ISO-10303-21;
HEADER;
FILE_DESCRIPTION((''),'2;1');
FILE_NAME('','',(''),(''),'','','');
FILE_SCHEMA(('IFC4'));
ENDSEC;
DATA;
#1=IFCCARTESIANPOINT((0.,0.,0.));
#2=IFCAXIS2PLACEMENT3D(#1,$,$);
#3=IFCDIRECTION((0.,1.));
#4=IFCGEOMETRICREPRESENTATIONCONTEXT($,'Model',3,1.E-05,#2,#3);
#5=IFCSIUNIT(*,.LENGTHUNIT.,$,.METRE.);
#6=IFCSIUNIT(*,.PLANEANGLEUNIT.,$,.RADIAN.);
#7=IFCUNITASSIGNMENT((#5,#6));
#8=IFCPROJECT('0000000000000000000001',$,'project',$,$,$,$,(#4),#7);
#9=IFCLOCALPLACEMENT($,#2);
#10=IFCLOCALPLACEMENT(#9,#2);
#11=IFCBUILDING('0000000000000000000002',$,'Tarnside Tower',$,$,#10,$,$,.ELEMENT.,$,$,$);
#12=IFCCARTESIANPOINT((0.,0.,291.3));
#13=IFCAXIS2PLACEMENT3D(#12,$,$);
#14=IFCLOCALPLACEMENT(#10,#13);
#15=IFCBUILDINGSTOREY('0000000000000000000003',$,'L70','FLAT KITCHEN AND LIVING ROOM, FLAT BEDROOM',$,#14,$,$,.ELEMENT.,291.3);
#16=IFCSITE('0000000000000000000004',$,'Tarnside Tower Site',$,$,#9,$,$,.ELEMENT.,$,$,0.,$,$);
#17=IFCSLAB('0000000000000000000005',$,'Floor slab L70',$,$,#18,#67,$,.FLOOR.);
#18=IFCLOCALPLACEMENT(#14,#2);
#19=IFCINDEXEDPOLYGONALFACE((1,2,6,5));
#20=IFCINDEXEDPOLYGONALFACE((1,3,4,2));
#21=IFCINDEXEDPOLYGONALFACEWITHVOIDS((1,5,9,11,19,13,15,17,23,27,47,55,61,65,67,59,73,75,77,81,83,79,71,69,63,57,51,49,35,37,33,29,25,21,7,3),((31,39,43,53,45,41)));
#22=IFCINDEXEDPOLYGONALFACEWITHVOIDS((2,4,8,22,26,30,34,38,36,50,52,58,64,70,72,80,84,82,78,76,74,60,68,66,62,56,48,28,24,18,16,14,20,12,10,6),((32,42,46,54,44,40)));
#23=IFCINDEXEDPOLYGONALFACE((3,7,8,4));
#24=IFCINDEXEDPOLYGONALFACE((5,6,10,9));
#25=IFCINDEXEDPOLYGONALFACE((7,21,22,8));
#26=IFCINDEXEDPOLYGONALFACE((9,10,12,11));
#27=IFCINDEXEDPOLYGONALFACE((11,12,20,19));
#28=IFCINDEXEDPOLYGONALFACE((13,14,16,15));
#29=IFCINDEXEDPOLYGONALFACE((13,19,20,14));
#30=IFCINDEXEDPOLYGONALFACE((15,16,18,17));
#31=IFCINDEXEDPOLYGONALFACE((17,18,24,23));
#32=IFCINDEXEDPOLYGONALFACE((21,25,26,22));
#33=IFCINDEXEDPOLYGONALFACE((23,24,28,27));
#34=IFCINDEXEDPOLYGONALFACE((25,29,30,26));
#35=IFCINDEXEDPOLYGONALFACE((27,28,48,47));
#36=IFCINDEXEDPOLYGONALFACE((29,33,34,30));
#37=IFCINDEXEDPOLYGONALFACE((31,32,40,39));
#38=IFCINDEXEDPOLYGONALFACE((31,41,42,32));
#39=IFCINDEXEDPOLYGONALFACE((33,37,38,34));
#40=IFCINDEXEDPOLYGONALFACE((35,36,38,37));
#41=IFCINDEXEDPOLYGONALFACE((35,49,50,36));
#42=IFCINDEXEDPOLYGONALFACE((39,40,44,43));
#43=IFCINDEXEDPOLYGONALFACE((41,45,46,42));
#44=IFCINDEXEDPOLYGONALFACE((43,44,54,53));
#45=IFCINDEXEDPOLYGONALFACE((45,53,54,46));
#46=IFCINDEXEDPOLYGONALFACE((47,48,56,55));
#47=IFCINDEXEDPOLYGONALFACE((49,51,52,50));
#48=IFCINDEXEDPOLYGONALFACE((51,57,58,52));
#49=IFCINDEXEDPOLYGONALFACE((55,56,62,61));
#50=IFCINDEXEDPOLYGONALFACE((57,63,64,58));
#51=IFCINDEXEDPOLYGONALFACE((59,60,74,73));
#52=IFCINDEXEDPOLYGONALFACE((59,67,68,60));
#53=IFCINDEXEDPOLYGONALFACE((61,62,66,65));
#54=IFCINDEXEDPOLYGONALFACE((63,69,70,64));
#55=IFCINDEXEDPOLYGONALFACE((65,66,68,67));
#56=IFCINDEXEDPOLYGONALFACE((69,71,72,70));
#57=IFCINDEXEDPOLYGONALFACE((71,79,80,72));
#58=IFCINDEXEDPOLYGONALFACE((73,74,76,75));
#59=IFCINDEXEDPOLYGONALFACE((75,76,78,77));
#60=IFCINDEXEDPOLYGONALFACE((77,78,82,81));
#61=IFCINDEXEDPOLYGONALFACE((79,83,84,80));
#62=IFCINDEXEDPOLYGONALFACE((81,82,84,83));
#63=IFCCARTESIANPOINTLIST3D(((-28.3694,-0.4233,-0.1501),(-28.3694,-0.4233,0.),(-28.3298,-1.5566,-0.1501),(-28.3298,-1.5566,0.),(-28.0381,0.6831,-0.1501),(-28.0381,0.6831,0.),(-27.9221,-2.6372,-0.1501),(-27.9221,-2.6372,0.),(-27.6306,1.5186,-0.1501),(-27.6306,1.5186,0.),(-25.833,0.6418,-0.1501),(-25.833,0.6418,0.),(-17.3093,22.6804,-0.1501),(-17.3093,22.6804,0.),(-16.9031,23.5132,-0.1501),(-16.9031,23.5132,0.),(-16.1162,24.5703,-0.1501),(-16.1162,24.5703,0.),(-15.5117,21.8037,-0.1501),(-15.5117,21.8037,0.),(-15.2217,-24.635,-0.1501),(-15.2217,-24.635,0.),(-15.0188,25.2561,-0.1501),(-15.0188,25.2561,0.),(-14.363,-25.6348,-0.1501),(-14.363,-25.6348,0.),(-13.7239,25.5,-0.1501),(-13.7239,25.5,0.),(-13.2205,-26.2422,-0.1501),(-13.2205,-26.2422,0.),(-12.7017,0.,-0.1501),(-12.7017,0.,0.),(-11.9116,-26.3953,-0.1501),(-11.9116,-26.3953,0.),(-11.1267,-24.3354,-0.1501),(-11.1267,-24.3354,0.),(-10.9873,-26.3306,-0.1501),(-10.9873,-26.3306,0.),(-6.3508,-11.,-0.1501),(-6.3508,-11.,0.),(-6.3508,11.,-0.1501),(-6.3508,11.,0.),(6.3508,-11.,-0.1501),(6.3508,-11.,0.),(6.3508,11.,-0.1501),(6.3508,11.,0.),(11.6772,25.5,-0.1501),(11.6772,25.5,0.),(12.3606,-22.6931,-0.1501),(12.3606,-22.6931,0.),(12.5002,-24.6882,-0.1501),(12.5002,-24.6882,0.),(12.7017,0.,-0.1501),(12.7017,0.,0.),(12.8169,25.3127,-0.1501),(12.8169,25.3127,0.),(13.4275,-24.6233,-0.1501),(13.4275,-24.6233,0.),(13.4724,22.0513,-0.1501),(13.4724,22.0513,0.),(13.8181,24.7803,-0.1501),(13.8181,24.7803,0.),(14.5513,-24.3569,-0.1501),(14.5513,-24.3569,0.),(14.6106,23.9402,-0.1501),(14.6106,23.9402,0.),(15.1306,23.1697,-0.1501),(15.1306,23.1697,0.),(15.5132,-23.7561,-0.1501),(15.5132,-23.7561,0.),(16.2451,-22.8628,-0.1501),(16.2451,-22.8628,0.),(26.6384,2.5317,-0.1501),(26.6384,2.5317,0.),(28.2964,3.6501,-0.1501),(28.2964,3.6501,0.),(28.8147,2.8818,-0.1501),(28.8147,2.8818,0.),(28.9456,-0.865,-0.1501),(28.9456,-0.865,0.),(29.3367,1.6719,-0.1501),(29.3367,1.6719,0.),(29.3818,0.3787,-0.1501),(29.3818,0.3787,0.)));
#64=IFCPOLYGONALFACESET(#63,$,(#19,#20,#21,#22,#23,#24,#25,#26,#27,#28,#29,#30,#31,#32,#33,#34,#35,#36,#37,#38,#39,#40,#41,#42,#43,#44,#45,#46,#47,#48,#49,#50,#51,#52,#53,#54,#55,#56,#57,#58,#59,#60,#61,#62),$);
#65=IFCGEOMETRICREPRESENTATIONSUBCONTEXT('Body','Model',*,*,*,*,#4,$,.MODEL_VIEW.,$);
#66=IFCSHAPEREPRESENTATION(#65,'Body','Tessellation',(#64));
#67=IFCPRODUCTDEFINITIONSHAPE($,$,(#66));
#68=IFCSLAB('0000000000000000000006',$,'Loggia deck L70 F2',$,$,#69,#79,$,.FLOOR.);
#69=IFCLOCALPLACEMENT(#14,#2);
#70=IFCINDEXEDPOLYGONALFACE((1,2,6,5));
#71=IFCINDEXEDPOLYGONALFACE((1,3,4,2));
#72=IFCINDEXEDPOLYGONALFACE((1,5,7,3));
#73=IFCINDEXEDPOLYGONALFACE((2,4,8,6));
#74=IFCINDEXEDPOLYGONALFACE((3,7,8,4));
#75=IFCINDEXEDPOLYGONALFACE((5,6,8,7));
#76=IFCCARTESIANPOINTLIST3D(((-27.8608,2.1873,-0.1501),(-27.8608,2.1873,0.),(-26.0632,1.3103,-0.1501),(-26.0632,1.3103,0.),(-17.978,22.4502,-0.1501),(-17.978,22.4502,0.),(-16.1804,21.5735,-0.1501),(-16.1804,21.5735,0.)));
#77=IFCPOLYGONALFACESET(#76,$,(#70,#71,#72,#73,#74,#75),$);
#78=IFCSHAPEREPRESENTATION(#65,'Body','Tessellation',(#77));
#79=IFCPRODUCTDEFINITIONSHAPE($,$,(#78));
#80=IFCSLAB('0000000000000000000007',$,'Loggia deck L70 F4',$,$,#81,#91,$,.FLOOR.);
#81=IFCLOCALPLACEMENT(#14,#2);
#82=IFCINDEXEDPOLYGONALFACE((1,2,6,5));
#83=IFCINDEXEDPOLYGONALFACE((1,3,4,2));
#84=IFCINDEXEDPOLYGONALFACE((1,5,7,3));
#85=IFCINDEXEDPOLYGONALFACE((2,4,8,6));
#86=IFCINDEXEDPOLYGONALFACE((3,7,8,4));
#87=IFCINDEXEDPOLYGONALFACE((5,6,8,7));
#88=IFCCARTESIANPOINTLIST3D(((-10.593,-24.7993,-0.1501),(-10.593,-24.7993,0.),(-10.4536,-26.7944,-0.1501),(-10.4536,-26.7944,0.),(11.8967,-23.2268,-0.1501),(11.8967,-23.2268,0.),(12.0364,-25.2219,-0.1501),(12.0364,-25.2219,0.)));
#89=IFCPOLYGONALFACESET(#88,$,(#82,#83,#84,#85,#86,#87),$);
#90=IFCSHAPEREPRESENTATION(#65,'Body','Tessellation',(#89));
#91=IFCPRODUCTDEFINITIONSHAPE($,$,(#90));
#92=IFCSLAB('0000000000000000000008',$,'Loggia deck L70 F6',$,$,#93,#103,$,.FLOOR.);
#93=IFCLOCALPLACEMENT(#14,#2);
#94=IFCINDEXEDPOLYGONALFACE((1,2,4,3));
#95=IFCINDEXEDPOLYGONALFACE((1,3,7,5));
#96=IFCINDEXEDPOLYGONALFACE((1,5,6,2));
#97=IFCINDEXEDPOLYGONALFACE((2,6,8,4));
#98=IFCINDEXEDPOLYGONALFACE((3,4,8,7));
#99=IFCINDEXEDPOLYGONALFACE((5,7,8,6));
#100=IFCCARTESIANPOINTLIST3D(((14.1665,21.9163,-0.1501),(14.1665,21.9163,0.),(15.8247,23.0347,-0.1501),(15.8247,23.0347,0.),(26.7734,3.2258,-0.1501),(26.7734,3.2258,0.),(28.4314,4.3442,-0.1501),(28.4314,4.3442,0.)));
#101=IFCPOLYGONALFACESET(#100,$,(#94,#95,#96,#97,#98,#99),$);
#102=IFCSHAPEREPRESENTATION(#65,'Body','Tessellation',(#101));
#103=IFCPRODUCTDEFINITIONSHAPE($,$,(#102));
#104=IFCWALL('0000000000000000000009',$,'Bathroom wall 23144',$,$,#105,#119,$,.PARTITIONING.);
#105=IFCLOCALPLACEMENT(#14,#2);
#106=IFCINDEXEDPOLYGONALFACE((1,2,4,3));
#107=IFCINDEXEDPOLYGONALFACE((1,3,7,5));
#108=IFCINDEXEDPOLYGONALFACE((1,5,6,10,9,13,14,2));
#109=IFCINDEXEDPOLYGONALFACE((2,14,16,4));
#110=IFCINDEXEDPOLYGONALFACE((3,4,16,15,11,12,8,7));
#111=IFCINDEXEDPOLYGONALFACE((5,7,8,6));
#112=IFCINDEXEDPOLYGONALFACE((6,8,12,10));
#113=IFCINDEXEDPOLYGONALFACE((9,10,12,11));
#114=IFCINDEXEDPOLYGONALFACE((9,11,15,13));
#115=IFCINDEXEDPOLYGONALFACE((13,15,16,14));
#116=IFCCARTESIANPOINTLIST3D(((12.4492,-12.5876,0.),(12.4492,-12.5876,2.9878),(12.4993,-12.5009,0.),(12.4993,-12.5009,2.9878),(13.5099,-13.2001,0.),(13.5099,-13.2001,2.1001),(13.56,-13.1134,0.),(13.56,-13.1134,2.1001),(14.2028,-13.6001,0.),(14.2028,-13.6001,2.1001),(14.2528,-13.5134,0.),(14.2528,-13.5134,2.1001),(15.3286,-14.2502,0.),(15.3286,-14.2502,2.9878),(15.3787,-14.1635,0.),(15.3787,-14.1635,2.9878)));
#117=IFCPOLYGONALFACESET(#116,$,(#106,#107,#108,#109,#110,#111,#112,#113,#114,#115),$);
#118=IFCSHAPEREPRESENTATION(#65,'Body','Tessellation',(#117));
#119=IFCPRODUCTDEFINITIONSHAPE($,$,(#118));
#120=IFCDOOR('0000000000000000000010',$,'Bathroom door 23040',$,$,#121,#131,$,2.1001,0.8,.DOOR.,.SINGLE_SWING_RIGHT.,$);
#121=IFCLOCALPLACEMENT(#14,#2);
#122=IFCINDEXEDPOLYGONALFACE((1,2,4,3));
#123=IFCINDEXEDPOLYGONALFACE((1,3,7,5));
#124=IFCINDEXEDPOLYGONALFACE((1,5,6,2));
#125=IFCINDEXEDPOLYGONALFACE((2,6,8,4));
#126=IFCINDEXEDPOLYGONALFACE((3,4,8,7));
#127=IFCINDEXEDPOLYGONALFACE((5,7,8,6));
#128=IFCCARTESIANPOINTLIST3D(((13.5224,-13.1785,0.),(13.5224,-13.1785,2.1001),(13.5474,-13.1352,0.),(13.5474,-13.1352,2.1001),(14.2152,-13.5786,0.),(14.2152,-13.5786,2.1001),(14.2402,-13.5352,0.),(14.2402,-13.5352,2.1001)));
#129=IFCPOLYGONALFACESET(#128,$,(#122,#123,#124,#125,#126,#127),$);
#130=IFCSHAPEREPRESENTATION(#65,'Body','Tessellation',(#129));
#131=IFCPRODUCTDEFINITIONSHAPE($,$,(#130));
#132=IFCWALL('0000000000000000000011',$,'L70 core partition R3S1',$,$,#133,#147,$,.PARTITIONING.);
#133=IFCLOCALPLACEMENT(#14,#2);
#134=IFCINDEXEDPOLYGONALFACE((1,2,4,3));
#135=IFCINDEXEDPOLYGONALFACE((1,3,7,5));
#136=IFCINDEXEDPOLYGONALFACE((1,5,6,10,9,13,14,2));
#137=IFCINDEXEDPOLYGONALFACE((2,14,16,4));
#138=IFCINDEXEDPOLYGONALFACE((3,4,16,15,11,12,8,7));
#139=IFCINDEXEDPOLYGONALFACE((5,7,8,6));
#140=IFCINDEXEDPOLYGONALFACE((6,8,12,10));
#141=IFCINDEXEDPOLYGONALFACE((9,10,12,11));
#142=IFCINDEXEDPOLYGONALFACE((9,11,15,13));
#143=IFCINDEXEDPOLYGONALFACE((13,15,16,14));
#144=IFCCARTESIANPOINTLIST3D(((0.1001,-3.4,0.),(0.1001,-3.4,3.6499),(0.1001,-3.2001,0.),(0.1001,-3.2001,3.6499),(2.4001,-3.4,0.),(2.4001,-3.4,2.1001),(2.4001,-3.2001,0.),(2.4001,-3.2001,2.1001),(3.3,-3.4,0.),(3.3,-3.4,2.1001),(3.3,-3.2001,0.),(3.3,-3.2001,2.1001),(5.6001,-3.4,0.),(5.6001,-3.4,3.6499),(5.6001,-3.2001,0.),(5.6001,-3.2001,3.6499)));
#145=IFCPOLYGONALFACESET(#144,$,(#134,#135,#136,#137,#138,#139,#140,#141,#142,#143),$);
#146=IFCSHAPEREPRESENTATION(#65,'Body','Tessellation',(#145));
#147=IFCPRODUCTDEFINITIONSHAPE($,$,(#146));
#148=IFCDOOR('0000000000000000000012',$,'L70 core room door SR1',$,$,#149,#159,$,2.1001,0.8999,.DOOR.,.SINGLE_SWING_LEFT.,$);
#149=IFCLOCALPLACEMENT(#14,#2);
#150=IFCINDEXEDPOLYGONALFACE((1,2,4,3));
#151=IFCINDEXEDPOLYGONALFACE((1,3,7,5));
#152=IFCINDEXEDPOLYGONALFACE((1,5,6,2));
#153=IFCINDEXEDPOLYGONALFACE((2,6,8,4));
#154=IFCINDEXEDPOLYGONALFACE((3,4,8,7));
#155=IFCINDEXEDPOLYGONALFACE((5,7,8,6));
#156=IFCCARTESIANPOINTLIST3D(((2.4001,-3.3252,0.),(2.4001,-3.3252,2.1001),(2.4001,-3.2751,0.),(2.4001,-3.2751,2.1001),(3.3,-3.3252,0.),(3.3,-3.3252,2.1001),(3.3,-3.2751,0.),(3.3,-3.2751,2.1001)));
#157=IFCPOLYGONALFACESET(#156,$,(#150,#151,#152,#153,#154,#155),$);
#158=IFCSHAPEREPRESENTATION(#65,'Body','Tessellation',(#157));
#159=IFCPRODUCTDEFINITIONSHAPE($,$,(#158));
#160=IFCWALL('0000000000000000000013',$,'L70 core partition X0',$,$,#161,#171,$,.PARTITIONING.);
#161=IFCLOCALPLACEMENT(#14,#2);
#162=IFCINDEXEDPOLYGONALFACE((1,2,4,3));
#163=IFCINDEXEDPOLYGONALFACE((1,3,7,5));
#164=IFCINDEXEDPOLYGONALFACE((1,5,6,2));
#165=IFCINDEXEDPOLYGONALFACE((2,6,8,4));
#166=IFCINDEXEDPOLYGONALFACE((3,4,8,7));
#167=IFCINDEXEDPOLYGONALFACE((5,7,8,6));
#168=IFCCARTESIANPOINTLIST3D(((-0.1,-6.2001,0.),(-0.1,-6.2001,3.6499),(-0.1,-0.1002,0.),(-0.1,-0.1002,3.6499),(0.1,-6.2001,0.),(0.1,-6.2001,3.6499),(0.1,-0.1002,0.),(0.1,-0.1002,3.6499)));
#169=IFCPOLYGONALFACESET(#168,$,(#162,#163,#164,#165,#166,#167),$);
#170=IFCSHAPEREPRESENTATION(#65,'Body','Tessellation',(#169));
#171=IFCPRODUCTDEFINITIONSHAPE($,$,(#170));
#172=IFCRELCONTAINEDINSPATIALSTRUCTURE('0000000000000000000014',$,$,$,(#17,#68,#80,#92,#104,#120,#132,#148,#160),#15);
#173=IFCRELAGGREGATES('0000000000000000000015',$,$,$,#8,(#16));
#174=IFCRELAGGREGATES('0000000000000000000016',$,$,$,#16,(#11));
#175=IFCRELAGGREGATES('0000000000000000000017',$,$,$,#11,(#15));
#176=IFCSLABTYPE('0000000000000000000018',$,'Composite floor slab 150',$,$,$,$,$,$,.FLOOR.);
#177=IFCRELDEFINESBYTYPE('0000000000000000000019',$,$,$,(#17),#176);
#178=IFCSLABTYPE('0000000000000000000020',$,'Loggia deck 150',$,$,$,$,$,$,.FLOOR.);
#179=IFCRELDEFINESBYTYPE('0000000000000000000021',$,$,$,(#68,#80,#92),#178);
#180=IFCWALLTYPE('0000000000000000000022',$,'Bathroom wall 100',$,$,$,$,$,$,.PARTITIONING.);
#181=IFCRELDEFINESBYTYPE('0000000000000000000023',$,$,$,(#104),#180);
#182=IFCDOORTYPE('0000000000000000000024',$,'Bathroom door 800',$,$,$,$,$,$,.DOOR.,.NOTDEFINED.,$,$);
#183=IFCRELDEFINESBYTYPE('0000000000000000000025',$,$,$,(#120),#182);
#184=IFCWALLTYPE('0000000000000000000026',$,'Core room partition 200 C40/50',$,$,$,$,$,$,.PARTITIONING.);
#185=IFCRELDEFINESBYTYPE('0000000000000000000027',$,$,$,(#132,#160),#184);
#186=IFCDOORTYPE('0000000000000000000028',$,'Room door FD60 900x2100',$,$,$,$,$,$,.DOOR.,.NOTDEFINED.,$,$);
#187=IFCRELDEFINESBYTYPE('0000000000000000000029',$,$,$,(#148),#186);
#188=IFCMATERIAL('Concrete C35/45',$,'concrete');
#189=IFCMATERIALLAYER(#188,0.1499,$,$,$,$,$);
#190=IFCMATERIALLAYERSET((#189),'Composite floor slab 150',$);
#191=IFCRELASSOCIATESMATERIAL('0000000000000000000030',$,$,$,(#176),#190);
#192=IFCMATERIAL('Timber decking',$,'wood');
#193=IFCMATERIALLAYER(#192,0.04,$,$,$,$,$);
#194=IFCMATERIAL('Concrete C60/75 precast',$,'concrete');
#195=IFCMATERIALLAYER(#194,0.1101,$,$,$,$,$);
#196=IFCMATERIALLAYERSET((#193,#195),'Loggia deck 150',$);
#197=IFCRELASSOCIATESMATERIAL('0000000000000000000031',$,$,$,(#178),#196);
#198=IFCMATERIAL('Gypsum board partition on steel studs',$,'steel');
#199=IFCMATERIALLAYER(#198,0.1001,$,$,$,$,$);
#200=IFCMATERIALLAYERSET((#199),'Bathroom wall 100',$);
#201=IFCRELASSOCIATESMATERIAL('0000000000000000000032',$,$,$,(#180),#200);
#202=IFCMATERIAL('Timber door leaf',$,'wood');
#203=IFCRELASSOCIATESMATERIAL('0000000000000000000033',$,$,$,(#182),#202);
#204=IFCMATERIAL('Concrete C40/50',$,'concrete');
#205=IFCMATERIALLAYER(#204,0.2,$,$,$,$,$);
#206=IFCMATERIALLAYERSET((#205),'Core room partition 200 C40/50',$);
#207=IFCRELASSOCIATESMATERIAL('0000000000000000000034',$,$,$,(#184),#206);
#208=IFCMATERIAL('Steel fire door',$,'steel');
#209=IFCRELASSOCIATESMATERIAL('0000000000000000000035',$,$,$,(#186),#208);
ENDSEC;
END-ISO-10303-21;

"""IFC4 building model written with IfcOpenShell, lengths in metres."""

from ifc_helpers import new_model, si_unit, direction, frame, frame_2d, origin, place, context, subcontext, project, spatial, polyline, rectangle, outline, extrude, material, layer, layer_set, type_object, element, fill, save


model = new_model("IFC4")

# Units and contexts
model_context = context("Model", 3, precision=1e-05, world=origin(), true_north=direction((0.0, 1.0)))
body_context = subcontext(model_context, "Body", "Model", "MODEL_VIEW")
ifc_project = project(units=[si_unit("LENGTHUNIT", "METRE"), si_unit("PLANEANGLEUNIT", "RADIAN")], contexts=[model_context])

# Site, building, storey
site_placement = place(None, origin())
site = spatial("IfcSite", under=ifc_project, at=site_placement, Name="Tarnside Tower Site", CompositionType="ELEMENT", RefElevation=0.0)
building_placement = place(site_placement, origin())
building = spatial("IfcBuilding", under=site, at=building_placement, Name="Tarnside Tower", CompositionType="ELEMENT")
storey_placement = place(building_placement, frame((0.0, 0.0, 291.3)))
storey = spatial("IfcBuildingStorey", under=building, at=storey_placement, Name="L70", Description="FLAT KITCHEN AND LIVING ROOM, FLAT BEDROOM", CompositionType="ELEMENT", Elevation=291.3)

# Slabs
ifc_material_1 = material(Name="Concrete C35/45", Category="concrete")
ifc_layer_1 = layer(ifc_material_1, 0.1499)
ifc_layer_set_1 = layer_set([ifc_layer_1], Name="Composite floor slab 150")
slab_type_1 = type_object("IfcSlabType", Name="Composite floor slab 150", PredefinedType="FLOOR", material=ifc_layer_set_1)
slab_1_placement = place(storey_placement, frame((0.0, 0.0, -0.1501)))
element("IfcSlab", 1, at=slab_1_placement, inside=storey, type_object=slab_type_1, Name="Floor slab L70", PredefinedType="FLOOR", context=body_context, shape_type="SweptSolid", body=[
    extrude(outline(polyline([(12.8169, 25.3127), (13.8181, 24.7803), (14.6106, 23.9402), (15.1306, 23.1697), (13.4724, 22.0513), (26.6384, 2.5317), (28.2964, 3.6501), (28.8147, 2.8818), (29.3367, 1.6719), (29.3818, 0.3787), (28.9456, -0.865), (16.2451, -22.8628), (15.5132, -23.7561), (14.5513, -24.3569), (13.4275, -24.6233), (12.5002, -24.6882), (12.3606, -22.6931), (-11.1267, -24.3354), (-10.9873, -26.3306), (-11.9116, -26.3953), (-13.2205, -26.2422), (-14.363, -25.6348), (-15.2217, -24.635), (-27.9221, -2.6372), (-28.3298, -1.5566), (-28.3694, -0.4233), (-28.0381, 0.6831), (-27.6306, 1.5186), (-25.833, 0.6418), (-15.5117, 21.8037), (-17.3093, 22.6804), (-16.9031, 23.5132), (-16.1162, 24.5703), (-15.0188, 25.2561), (-13.7239, 25.5), (11.6772, 25.5), (12.8169, 25.3127)]), holes=[polyline([(-12.7017, 0.0), (-6.3508, -11.0), (6.3508, -11.0), (12.7017, 0.0), (6.3508, 11.0), (-6.3508, 11.0), (-12.7017, 0.0)])]), origin(), (0.0, 0.0, 1.0), 0.1501),
])
ifc_material_2 = material(Name="Timber decking", Category="wood")
ifc_layer_2 = layer(ifc_material_2, 0.04)
ifc_material_3 = material(Name="Concrete C60/75 precast", Category="concrete")
ifc_layer_3 = layer(ifc_material_3, 0.1101)
ifc_layer_set_2 = layer_set([ifc_layer_2, ifc_layer_3], Name="Loggia deck 150")
slab_type_2 = type_object("IfcSlabType", Name="Loggia deck 150", PredefinedType="FLOOR", material=ifc_layer_set_2)
slab_2_placement = place(storey_placement, frame((0.0, 0.0, -0.1501)))
element("IfcSlab", 2, at=slab_2_placement, inside=storey, type_object=slab_type_2, Name="Loggia deck L70 F2", PredefinedType="FLOOR", context=body_context, shape_type="SweptSolid", body=[
    extrude(outline(polyline([(-16.1804, 21.5735), (-26.0632, 1.3103), (-27.8608, 2.1873), (-17.978, 22.4502), (-16.1804, 21.5735)])), origin(), (0.0, 0.0, 1.0), 0.1501),
])
slab_3_placement = place(storey_placement, frame((0.0, 0.0, -0.1501)))
element("IfcSlab", 3, at=slab_3_placement, inside=storey, type_object=slab_type_2, Name="Loggia deck L70 F4", PredefinedType="FLOOR", context=body_context, shape_type="SweptSolid", body=[
    extrude(outline(polyline([(-10.593, -24.7993), (11.8967, -23.2268), (12.0364, -25.2219), (-10.4536, -26.7944), (-10.593, -24.7993)])), origin(), (0.0, 0.0, 1.0), 0.1501),
])
slab_4_placement = place(storey_placement, frame((0.0, 0.0, -0.1501)))
element("IfcSlab", 4, at=slab_4_placement, inside=storey, type_object=slab_type_2, Name="Loggia deck L70 F6", PredefinedType="FLOOR", context=body_context, shape_type="SweptSolid", body=[
    extrude(outline(polyline([(26.7734, 3.2258), (14.1665, 21.9163), (15.8247, 23.0347), (28.4314, 4.3442), (26.7734, 3.2258)])), origin(), (0.0, 0.0, 1.0), 0.1501),
])

# Walls, openings, doors
ifc_material_4 = material(Name="Gypsum board partition on steel studs", Category="steel")
ifc_layer_4 = layer(ifc_material_4, 0.1001)
ifc_layer_set_3 = layer_set([ifc_layer_4], Name="Bathroom wall 100")
wall_type_1 = type_object("IfcWallType", Name="Bathroom wall 100", PredefinedType="PARTITIONING", material=ifc_layer_set_3)
wall_1_placement = place(storey_placement, frame((12.4741, -12.5442, 0.0), z_axis=(0.0, 0.0, 1.0), x_axis=(0.866002, -0.50004, 0.0)))
wall_1 = element("IfcWall", 5, at=wall_1_placement, inside=storey, type_object=wall_type_1, Name="Bathroom wall 23144", PredefinedType="PARTITIONING", context=body_context, shape_type="SweptSolid", body=[
    extrude(rectangle(XDim=3.325, YDim=0.1001, at=frame_2d((1.6626, 0.0))), origin(), (0.0, 0.0, 1.0), 2.9878),
])
opening_1_placement = place(wall_1_placement, frame((1.2251, 0.0, 0.0)))
opening_1 = element("IfcOpeningElement", 6, at=opening_1_placement, cuts=wall_1, PredefinedType="OPENING", context=body_context, shape_type="SweptSolid", body=[
    extrude(rectangle(XDim=0.8, YDim=2.1001, at=frame_2d((0.3999, 1.05))), frame((0.0, 0.0601, 0.0), z_axis=(0.0, -1.0, 0.0), x_axis=(1.0, 0.0, 0.0)), (0.0, 0.0, 1.0), 0.1201),
])
ifc_material_5 = material(Name="Timber door leaf", Category="wood")
door_type_1 = type_object("IfcDoorType", Name="Bathroom door 800", OperationType="NOTDEFINED", PredefinedType="DOOR", material=ifc_material_5)
door_1_placement = place(opening_1_placement, origin())
door_1 = element("IfcDoor", 7, at=door_1_placement, inside=storey, type_object=door_type_1, Name="Bathroom door 23040", OperationType="SINGLE_SWING_RIGHT", OverallHeight=2.1001, OverallWidth=0.8, PredefinedType="DOOR", context=body_context, shape_type="SweptSolid", body=[
    extrude(rectangle(XDim=0.8, YDim=2.1001, at=frame_2d((0.3999, 1.05))), frame((0.0, 0.0249, 0.0), z_axis=(0.0, -1.0, 0.0), x_axis=(1.0, 0.0, 0.0)), (0.0, 0.0, 1.0), 0.05),
])
fill(opening_1, door_1)
ifc_material_6 = material(Name="Concrete C40/50", Category="concrete")
ifc_layer_5 = layer(ifc_material_6, 0.2)
ifc_layer_set_4 = layer_set([ifc_layer_5], Name="Core room partition 200 C40/50")
wall_type_2 = type_object("IfcWallType", Name="Core room partition 200 C40/50", PredefinedType="PARTITIONING", material=ifc_layer_set_4)
wall_2_placement = place(storey_placement, frame((0.1001, -3.3, 0.0), z_axis=(0.0, 0.0, 1.0), x_axis=(1.0, 0.0, 0.0)))
wall_2 = element("IfcWall", 8, at=wall_2_placement, inside=storey, type_object=wall_type_2, Name="L70 core partition R3S1", PredefinedType="PARTITIONING", context=body_context, shape_type="SweptSolid", body=[
    extrude(rectangle(XDim=5.5, YDim=0.2, at=frame_2d((2.75, 0.0))), origin(), (0.0, 0.0, 1.0), 3.6499),
])
opening_2_placement = place(wall_2_placement, frame((2.3, 0.0, 0.0)))
opening_2 = element("IfcOpeningElement", 9, at=opening_2_placement, cuts=wall_2, PredefinedType="OPENING", context=body_context, shape_type="SweptSolid", body=[
    extrude(rectangle(XDim=0.8999, YDim=2.1001, at=frame_2d((0.45, 1.05))), frame((0.0, 0.1099, 0.0), z_axis=(0.0, -1.0, 0.0), x_axis=(1.0, 0.0, 0.0)), (0.0, 0.0, 1.0), 0.22),
])
ifc_material_7 = material(Name="Steel fire door", Category="steel")
door_type_2 = type_object("IfcDoorType", Name="Room door FD60 900x2100", OperationType="NOTDEFINED", PredefinedType="DOOR", material=ifc_material_7)
door_2_placement = place(opening_2_placement, origin())
door_2 = element("IfcDoor", 10, at=door_2_placement, inside=storey, type_object=door_type_2, Name="L70 core room door SR1", OperationType="SINGLE_SWING_LEFT", OverallHeight=2.1001, OverallWidth=0.8999, PredefinedType="DOOR", context=body_context, shape_type="SweptSolid", body=[
    extrude(rectangle(XDim=0.8999, YDim=2.1001, at=frame_2d((0.45, 1.05))), frame((0.0, 0.0249, 0.0), z_axis=(0.0, -1.0, 0.0), x_axis=(1.0, 0.0, 0.0)), (0.0, 0.0, 1.0), 0.05),
])
fill(opening_2, door_2)

# Wall
wall_3_placement = place(storey_placement, frame((0.0, -6.2, 0.0), z_axis=(0.0, 0.0, 1.0), x_axis=(0.0, 1.0, 0.0)))
element("IfcWall", 11, at=wall_3_placement, inside=storey, type_object=wall_type_2, Name="L70 core partition X0", PredefinedType="PARTITIONING", context=body_context, shape_type="SweptSolid", body=[
    extrude(rectangle(XDim=6.0999, YDim=0.2, at=frame_2d((3.0498, 0.0))), origin(), (0.0, 0.0, 1.0), 3.6499),
])

save(model, "model.ifc")
